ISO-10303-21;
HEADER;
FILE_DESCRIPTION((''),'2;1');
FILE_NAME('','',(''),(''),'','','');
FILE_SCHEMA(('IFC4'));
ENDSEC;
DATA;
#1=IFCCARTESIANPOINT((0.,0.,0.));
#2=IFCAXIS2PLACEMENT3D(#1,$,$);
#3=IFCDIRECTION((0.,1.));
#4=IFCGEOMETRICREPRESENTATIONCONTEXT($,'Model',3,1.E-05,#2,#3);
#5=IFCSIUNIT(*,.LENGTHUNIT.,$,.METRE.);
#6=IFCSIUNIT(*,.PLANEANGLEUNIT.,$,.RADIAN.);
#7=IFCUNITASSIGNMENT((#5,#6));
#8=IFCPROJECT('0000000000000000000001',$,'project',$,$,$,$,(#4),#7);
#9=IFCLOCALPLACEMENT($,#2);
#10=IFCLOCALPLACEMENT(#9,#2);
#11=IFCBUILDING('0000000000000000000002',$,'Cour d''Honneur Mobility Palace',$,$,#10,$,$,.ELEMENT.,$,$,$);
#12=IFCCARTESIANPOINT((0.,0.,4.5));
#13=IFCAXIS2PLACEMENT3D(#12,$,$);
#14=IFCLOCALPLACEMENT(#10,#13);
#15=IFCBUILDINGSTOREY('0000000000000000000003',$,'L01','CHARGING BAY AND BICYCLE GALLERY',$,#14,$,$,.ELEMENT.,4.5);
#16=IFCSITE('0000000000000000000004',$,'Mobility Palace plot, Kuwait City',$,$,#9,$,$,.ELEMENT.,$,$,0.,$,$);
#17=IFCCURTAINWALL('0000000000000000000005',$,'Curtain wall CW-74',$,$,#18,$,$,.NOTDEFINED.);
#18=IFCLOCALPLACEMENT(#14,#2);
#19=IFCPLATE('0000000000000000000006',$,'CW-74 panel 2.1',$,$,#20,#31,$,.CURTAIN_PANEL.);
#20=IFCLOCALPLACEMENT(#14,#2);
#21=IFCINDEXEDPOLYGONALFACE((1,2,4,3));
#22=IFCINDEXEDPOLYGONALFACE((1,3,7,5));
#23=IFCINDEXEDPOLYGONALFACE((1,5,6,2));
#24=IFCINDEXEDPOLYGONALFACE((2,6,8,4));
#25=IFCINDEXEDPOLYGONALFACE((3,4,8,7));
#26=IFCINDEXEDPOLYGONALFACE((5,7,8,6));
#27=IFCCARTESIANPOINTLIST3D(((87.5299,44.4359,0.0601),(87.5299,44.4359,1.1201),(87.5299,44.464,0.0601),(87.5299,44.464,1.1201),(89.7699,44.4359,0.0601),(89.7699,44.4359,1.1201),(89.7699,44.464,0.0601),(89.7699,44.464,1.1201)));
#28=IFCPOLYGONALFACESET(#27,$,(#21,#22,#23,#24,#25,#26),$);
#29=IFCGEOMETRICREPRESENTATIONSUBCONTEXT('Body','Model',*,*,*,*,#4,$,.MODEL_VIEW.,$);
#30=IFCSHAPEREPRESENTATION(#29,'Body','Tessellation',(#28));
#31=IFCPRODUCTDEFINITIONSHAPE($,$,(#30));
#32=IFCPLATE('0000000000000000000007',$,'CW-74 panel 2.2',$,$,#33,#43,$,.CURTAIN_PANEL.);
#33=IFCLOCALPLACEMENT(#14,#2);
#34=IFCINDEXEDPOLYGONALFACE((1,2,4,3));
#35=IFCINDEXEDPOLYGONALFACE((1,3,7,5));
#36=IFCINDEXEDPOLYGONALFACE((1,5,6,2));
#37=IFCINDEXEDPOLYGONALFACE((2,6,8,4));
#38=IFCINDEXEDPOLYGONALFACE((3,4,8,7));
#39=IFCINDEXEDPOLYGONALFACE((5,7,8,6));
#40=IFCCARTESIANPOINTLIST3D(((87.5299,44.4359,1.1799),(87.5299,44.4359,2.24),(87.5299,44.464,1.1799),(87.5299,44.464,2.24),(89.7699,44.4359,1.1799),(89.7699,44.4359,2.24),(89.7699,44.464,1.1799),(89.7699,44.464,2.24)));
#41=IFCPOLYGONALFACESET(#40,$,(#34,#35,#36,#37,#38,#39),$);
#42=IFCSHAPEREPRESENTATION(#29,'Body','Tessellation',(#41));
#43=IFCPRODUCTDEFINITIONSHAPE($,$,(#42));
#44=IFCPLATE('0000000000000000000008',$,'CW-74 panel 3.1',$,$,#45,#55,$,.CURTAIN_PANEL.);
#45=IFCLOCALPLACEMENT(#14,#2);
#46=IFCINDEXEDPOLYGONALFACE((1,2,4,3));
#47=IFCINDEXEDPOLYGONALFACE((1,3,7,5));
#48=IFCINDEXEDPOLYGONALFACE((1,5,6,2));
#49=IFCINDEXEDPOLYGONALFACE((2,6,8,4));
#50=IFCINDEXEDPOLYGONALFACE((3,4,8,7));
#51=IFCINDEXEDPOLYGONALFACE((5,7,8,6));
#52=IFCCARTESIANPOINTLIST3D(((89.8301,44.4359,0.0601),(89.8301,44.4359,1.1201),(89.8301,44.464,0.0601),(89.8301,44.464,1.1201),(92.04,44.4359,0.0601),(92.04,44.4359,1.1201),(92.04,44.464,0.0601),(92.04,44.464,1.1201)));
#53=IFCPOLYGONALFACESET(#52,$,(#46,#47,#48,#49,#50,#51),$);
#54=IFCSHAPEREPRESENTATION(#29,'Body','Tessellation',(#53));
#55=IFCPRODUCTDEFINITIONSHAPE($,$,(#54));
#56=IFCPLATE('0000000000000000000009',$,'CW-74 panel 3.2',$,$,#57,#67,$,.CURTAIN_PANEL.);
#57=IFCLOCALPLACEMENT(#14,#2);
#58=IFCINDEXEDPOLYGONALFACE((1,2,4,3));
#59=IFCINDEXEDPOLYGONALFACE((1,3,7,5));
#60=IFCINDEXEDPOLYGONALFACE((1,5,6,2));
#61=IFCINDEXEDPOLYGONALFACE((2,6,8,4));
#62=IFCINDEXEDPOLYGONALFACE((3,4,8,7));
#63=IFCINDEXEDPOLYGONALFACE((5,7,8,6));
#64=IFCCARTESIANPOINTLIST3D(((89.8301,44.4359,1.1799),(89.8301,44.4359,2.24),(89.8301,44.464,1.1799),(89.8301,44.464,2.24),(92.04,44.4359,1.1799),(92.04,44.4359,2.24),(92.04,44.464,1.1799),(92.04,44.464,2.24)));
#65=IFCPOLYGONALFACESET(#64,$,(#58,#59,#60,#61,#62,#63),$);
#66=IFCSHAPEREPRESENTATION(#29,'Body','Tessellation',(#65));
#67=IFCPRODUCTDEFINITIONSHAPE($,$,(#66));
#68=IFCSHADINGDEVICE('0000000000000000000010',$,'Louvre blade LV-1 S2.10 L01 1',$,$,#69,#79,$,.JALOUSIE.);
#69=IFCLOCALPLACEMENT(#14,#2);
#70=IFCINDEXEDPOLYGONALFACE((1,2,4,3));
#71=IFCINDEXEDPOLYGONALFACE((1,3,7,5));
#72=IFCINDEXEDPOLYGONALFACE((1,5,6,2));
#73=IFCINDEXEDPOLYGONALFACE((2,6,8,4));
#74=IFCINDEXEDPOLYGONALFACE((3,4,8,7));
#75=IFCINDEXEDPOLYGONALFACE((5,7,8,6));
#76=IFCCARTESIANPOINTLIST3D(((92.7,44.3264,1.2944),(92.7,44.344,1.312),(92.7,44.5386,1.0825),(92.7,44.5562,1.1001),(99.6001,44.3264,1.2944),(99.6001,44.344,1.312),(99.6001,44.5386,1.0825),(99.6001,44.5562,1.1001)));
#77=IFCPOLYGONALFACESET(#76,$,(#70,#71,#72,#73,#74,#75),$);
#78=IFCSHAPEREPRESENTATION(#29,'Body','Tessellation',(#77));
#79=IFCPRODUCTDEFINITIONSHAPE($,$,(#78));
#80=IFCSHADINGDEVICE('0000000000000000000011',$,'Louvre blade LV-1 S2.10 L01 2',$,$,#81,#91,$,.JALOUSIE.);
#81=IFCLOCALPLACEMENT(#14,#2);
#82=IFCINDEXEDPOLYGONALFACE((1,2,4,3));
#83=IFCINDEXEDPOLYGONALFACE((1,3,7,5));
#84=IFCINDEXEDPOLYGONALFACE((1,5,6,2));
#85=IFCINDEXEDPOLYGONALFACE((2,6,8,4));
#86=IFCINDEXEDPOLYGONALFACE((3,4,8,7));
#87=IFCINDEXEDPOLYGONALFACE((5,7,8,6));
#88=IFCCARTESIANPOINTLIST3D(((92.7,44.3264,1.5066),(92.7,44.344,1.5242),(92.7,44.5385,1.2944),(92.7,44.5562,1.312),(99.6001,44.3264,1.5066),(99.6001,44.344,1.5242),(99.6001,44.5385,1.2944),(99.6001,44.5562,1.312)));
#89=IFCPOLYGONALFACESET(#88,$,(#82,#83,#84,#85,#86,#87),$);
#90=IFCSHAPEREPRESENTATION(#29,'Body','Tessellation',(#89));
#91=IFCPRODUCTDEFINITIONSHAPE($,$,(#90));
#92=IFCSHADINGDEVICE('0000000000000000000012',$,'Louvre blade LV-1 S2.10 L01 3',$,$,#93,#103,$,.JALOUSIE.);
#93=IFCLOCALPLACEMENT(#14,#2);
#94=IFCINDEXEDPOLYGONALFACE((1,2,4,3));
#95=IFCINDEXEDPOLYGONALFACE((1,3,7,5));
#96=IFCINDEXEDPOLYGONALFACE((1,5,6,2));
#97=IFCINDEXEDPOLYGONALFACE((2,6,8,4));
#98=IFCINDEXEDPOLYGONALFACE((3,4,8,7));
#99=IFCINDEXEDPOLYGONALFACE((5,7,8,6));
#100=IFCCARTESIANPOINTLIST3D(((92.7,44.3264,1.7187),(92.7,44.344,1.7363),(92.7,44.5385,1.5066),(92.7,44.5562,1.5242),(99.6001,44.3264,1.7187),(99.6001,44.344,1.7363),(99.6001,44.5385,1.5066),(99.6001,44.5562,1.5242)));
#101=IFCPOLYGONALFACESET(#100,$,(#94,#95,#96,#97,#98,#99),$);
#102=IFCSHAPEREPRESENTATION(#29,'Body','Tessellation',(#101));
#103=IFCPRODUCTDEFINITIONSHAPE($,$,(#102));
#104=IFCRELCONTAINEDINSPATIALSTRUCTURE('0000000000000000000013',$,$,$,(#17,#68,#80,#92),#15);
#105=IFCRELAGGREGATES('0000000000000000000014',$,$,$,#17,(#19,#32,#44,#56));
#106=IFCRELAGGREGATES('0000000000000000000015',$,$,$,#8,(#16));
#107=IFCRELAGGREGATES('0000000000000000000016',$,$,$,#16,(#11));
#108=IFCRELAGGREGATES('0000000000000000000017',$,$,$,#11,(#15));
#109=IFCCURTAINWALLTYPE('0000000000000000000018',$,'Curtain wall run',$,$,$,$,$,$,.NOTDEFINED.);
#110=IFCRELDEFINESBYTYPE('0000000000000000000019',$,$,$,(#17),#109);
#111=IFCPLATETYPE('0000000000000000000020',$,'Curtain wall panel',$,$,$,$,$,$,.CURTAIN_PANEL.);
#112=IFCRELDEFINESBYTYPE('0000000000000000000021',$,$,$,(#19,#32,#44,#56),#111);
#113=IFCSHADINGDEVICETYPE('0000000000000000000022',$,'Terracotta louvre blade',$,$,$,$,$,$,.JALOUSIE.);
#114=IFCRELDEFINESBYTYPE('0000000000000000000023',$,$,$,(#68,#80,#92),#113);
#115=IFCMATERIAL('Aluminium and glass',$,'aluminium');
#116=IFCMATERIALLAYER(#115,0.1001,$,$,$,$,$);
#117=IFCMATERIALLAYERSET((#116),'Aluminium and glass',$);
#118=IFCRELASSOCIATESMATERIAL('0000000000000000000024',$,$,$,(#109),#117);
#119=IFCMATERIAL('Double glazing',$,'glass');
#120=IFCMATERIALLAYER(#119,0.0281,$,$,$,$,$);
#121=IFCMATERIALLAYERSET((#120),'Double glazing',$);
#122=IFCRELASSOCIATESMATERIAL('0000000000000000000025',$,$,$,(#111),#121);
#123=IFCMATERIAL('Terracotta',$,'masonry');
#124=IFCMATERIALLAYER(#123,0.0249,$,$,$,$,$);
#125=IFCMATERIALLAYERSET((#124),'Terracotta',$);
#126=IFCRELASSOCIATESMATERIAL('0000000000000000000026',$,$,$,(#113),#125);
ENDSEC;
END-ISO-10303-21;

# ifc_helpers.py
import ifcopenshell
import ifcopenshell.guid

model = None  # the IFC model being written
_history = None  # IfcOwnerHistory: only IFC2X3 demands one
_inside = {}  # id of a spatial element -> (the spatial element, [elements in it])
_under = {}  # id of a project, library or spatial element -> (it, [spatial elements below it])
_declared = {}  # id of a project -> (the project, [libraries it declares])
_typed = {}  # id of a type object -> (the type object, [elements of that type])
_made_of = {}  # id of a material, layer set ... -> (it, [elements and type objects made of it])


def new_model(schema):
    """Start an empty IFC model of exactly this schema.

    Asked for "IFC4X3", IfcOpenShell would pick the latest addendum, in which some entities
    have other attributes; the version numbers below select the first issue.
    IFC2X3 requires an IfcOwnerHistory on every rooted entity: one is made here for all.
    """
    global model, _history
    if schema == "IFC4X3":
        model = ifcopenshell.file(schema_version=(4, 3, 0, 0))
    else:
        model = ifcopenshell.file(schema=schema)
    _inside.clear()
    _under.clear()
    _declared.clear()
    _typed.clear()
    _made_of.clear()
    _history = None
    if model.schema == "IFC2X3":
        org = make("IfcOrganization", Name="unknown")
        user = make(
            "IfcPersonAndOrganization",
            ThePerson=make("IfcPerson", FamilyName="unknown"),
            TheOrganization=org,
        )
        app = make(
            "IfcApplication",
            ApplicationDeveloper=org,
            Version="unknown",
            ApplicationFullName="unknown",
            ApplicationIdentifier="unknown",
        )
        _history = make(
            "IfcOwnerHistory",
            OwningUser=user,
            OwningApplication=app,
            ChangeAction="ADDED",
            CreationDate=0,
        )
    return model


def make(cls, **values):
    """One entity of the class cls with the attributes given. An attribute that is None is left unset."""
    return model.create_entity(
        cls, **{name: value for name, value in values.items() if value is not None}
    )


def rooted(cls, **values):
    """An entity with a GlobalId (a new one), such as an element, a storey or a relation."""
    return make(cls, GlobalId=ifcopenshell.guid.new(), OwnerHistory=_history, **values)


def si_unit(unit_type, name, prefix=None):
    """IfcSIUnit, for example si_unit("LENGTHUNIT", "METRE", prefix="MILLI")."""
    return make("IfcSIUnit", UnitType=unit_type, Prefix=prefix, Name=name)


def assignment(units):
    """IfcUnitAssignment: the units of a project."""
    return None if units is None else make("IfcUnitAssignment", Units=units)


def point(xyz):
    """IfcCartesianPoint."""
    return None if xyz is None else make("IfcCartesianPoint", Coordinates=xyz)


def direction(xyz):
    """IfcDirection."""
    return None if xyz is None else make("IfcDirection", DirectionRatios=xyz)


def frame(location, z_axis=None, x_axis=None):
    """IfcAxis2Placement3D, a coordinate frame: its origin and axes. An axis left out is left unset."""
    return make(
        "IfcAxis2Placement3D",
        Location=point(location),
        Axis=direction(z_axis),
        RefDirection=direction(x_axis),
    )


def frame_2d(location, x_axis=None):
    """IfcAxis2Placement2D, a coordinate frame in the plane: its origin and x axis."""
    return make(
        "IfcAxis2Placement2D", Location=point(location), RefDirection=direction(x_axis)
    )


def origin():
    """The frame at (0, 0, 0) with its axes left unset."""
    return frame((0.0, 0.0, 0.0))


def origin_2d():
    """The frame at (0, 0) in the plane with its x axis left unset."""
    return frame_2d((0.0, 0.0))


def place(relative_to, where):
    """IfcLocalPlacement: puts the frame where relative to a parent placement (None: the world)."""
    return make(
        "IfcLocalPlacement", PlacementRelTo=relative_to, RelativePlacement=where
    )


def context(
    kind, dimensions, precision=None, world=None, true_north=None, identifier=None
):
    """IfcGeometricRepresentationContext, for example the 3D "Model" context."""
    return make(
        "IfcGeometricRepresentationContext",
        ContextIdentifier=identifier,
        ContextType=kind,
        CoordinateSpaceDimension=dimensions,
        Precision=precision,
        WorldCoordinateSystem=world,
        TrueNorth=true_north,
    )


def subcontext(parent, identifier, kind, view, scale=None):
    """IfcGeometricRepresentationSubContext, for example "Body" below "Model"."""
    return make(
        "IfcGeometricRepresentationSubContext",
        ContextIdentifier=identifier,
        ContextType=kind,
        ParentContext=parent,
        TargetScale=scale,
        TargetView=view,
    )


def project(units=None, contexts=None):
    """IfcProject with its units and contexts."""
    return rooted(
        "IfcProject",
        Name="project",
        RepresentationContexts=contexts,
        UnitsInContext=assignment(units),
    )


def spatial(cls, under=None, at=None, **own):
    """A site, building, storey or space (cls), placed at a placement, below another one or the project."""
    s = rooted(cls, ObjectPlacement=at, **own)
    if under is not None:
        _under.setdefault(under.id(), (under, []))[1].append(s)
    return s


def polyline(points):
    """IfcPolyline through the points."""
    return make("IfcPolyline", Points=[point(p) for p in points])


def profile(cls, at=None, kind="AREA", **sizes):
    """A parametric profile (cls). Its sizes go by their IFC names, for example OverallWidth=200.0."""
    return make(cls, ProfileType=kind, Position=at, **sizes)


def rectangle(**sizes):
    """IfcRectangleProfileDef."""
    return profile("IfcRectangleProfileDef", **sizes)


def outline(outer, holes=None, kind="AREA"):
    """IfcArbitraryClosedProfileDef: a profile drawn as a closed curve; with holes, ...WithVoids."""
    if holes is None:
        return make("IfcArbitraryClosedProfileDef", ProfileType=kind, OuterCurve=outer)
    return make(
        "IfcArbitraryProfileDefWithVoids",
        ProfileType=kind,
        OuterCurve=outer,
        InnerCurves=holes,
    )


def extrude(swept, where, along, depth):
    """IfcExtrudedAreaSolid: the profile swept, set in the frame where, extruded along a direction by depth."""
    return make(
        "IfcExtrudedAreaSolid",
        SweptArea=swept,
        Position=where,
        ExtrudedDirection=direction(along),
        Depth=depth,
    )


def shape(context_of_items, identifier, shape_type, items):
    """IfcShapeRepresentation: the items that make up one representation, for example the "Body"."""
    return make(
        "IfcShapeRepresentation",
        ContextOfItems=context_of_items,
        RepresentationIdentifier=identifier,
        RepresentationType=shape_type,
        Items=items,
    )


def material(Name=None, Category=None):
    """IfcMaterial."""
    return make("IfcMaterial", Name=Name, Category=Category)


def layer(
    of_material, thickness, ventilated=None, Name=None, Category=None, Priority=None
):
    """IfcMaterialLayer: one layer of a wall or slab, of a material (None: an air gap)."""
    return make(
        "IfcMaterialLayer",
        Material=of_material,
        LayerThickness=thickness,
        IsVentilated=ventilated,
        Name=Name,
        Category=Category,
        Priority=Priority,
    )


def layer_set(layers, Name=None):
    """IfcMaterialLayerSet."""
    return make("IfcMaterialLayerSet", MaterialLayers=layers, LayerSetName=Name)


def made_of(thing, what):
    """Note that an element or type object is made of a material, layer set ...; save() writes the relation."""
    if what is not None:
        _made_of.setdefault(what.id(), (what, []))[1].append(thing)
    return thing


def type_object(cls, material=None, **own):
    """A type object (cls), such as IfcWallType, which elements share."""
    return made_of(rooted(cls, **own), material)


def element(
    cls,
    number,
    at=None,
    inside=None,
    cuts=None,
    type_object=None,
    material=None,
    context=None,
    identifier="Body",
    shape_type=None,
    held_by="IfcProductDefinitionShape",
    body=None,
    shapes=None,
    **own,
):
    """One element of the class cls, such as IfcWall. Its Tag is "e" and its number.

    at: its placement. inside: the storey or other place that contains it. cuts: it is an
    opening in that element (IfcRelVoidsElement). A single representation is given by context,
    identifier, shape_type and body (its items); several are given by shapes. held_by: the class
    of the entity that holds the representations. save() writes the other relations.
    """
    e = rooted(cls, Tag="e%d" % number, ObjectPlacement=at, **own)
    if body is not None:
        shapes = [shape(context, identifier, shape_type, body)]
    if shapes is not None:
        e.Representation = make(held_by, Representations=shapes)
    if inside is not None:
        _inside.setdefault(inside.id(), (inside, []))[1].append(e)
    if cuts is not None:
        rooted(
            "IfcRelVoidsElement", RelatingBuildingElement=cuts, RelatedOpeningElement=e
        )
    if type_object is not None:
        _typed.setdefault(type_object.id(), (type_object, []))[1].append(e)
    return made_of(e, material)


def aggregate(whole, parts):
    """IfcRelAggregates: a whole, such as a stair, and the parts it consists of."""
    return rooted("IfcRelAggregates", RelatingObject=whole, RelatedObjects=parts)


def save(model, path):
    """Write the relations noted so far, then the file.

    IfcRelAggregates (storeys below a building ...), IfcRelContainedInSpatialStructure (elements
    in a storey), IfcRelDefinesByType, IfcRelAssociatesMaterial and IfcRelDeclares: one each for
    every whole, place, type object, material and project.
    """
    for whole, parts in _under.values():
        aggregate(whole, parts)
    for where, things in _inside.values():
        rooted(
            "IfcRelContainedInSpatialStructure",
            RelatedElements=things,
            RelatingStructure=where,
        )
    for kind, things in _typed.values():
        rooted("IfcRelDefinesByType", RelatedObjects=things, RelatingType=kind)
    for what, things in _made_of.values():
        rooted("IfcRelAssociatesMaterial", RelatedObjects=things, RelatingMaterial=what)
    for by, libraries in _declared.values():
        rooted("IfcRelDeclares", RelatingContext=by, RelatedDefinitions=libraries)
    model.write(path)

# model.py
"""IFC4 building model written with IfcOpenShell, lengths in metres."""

from ifc_helpers import new_model, si_unit, direction, frame, origin, origin_2d, place, context, subcontext, project, spatial, polyline, rectangle, outline, extrude, material, layer, layer_set, type_object, element, aggregate, save


model = new_model("IFC4")

# Units and contexts
model_context = context("Model", 3, precision=1e-05, world=origin(), true_north=direction((0.0, 1.0)))
body_context = subcontext(model_context, "Body", "Model", "MODEL_VIEW")
ifc_project = project(units=[si_unit("LENGTHUNIT", "METRE"), si_unit("PLANEANGLEUNIT", "RADIAN")], contexts=[model_context])

# Site, building, storey
site_placement = place(None, origin())
site = spatial("IfcSite", under=ifc_project, at=site_placement, Name="Mobility Palace plot, Kuwait City", CompositionType="ELEMENT", RefElevation=0.0)
building_placement = place(site_placement, origin())
building = spatial("IfcBuilding", under=site, at=building_placement, Name="Cour d'Honneur Mobility Palace", CompositionType="ELEMENT")
storey_placement = place(building_placement, frame((0.0, 0.0, 4.5)))
storey = spatial("IfcBuildingStorey", under=building, at=storey_placement, Name="L01", Description="CHARGING BAY AND BICYCLE GALLERY", CompositionType="ELEMENT", Elevation=4.5)

# Curtain wall
ifc_material_1 = material(Name="Aluminium and glass", Category="aluminium")
ifc_layer_1 = layer(ifc_material_1, 0.1001)
ifc_layer_set_1 = layer_set([ifc_layer_1], Name="Aluminium and glass")
curtain_wall_type = type_object("IfcCurtainWallType", Name="Curtain wall run", PredefinedType="NOTDEFINED", material=ifc_layer_set_1)
curtain_wall_placement = place(storey_placement, origin())
curtain_wall = element("IfcCurtainWall", 1, at=curtain_wall_placement, inside=storey, type_object=curtain_wall_type, Name="Curtain wall CW-74", PredefinedType="NOTDEFINED")

# Plates
ifc_material_2 = material(Name="Double glazing", Category="glass")
ifc_layer_2 = layer(ifc_material_2, 0.0281)
ifc_layer_set_2 = layer_set([ifc_layer_2], Name="Double glazing")
plate_type = type_object("IfcPlateType", Name="Curtain wall panel", PredefinedType="CURTAIN_PANEL", material=ifc_layer_set_2)
plate_1_placement = place(storey_placement, frame((88.6499, 44.45, 0.0601), z_axis=(0.0, 0.0, 1.0), x_axis=(1.0, 0.0, 0.0)))
plate_1 = element("IfcPlate", 2, at=plate_1_placement, type_object=plate_type, Name="CW-74 panel 2.1", PredefinedType="CURTAIN_PANEL", context=body_context, shape_type="SweptSolid", body=[
    extrude(rectangle(XDim=2.24, YDim=0.0281, at=origin_2d()), origin(), (0.0, 0.0, 1.0), 1.0601),
])
plate_2_placement = place(storey_placement, frame((88.6499, 44.45, 1.1799), z_axis=(0.0, 0.0, 1.0), x_axis=(1.0, 0.0, 0.0)))
plate_2 = element("IfcPlate", 3, at=plate_2_placement, type_object=plate_type, Name="CW-74 panel 2.2", PredefinedType="CURTAIN_PANEL", context=body_context, shape_type="SweptSolid", body=[
    extrude(rectangle(XDim=2.24, YDim=0.0281, at=origin_2d()), origin(), (0.0, 0.0, 1.0), 1.0601),
])
plate_3_placement = place(storey_placement, frame((90.9351, 44.45, 0.0601), z_axis=(0.0, 0.0, 1.0), x_axis=(1.0, 0.0, 0.0)))
plate_3 = element("IfcPlate", 4, at=plate_3_placement, type_object=plate_type, Name="CW-74 panel 3.1", PredefinedType="CURTAIN_PANEL", context=body_context, shape_type="SweptSolid", body=[
    extrude(rectangle(XDim=2.21, YDim=0.0281, at=origin_2d()), origin(), (0.0, 0.0, 1.0), 1.0601),
])
plate_4_placement = place(storey_placement, frame((90.9351, 44.45, 1.1799), z_axis=(0.0, 0.0, 1.0), x_axis=(1.0, 0.0, 0.0)))
plate_4 = element("IfcPlate", 5, at=plate_4_placement, type_object=plate_type, Name="CW-74 panel 3.2", PredefinedType="CURTAIN_PANEL", context=body_context, shape_type="SweptSolid", body=[
    extrude(rectangle(XDim=2.21, YDim=0.0281, at=origin_2d()), origin(), (0.0, 0.0, 1.0), 1.0601),
])
aggregate(curtain_wall, [plate_1, plate_2, plate_3, plate_4])

# Shading devices
ifc_material_3 = material(Name="Terracotta", Category="masonry")
ifc_layer_3 = layer(ifc_material_3, 0.0249)
ifc_layer_set_3 = layer_set([ifc_layer_3], Name="Terracotta")
shading_device_type = type_object("IfcShadingDeviceType", Name="Terracotta louvre blade", PredefinedType="JALOUSIE", material=ifc_layer_set_3)
shading_device_placement = place(storey_placement, frame((92.7, 44.5562, 1.1001), z_axis=(0.0, 0.7067, 0.707514), x_axis=(1.0, 0.0, 0.0)))
element("IfcShadingDevice", 6, at=shading_device_placement, inside=storey, type_object=shading_device_type, Name="Louvre blade LV-1 S2.10 L01 1", PredefinedType="JALOUSIE", context=body_context, shape_type="SweptSolid", body=[
    extrude(outline(polyline([(0.0, 0.0), (6.9001, 0.0), (6.9001, -0.2999), (0.0, -0.2999), (0.0, 0.0)])), origin(), (0.0, 0.0, -1.0), 0.0249),
])
for number, where, z_axis, x_axis, name in (
    (7, (92.7, 44.5562, 1.312), (0.0, 0.707107, 0.707107), (1.0, 0.0, 0.0), "Louvre blade LV-1 S2.10 L01 2"),
    (8, (92.7, 44.5562, 1.5242), (0.0, 0.707107, 0.707107), (1.0, 0.0, 0.0), "Louvre blade LV-1 S2.10 L01 3"),
):
    element("IfcShadingDevice", number, at=place(storey_placement, frame(where, z_axis=z_axis, x_axis=x_axis)), inside=storey, type_object=shading_device_type, Name=name, PredefinedType="JALOUSIE", context=body_context, shape_type="SweptSolid", body=[
        extrude(outline(polyline([(0.0, 0.0), (6.9001, 0.0), (6.9001, -0.3), (0.0, -0.3), (0.0, 0.0)])), origin(), (0.0, 0.0, -1.0), 0.0249),
    ])

save(model, "model.ifc")
